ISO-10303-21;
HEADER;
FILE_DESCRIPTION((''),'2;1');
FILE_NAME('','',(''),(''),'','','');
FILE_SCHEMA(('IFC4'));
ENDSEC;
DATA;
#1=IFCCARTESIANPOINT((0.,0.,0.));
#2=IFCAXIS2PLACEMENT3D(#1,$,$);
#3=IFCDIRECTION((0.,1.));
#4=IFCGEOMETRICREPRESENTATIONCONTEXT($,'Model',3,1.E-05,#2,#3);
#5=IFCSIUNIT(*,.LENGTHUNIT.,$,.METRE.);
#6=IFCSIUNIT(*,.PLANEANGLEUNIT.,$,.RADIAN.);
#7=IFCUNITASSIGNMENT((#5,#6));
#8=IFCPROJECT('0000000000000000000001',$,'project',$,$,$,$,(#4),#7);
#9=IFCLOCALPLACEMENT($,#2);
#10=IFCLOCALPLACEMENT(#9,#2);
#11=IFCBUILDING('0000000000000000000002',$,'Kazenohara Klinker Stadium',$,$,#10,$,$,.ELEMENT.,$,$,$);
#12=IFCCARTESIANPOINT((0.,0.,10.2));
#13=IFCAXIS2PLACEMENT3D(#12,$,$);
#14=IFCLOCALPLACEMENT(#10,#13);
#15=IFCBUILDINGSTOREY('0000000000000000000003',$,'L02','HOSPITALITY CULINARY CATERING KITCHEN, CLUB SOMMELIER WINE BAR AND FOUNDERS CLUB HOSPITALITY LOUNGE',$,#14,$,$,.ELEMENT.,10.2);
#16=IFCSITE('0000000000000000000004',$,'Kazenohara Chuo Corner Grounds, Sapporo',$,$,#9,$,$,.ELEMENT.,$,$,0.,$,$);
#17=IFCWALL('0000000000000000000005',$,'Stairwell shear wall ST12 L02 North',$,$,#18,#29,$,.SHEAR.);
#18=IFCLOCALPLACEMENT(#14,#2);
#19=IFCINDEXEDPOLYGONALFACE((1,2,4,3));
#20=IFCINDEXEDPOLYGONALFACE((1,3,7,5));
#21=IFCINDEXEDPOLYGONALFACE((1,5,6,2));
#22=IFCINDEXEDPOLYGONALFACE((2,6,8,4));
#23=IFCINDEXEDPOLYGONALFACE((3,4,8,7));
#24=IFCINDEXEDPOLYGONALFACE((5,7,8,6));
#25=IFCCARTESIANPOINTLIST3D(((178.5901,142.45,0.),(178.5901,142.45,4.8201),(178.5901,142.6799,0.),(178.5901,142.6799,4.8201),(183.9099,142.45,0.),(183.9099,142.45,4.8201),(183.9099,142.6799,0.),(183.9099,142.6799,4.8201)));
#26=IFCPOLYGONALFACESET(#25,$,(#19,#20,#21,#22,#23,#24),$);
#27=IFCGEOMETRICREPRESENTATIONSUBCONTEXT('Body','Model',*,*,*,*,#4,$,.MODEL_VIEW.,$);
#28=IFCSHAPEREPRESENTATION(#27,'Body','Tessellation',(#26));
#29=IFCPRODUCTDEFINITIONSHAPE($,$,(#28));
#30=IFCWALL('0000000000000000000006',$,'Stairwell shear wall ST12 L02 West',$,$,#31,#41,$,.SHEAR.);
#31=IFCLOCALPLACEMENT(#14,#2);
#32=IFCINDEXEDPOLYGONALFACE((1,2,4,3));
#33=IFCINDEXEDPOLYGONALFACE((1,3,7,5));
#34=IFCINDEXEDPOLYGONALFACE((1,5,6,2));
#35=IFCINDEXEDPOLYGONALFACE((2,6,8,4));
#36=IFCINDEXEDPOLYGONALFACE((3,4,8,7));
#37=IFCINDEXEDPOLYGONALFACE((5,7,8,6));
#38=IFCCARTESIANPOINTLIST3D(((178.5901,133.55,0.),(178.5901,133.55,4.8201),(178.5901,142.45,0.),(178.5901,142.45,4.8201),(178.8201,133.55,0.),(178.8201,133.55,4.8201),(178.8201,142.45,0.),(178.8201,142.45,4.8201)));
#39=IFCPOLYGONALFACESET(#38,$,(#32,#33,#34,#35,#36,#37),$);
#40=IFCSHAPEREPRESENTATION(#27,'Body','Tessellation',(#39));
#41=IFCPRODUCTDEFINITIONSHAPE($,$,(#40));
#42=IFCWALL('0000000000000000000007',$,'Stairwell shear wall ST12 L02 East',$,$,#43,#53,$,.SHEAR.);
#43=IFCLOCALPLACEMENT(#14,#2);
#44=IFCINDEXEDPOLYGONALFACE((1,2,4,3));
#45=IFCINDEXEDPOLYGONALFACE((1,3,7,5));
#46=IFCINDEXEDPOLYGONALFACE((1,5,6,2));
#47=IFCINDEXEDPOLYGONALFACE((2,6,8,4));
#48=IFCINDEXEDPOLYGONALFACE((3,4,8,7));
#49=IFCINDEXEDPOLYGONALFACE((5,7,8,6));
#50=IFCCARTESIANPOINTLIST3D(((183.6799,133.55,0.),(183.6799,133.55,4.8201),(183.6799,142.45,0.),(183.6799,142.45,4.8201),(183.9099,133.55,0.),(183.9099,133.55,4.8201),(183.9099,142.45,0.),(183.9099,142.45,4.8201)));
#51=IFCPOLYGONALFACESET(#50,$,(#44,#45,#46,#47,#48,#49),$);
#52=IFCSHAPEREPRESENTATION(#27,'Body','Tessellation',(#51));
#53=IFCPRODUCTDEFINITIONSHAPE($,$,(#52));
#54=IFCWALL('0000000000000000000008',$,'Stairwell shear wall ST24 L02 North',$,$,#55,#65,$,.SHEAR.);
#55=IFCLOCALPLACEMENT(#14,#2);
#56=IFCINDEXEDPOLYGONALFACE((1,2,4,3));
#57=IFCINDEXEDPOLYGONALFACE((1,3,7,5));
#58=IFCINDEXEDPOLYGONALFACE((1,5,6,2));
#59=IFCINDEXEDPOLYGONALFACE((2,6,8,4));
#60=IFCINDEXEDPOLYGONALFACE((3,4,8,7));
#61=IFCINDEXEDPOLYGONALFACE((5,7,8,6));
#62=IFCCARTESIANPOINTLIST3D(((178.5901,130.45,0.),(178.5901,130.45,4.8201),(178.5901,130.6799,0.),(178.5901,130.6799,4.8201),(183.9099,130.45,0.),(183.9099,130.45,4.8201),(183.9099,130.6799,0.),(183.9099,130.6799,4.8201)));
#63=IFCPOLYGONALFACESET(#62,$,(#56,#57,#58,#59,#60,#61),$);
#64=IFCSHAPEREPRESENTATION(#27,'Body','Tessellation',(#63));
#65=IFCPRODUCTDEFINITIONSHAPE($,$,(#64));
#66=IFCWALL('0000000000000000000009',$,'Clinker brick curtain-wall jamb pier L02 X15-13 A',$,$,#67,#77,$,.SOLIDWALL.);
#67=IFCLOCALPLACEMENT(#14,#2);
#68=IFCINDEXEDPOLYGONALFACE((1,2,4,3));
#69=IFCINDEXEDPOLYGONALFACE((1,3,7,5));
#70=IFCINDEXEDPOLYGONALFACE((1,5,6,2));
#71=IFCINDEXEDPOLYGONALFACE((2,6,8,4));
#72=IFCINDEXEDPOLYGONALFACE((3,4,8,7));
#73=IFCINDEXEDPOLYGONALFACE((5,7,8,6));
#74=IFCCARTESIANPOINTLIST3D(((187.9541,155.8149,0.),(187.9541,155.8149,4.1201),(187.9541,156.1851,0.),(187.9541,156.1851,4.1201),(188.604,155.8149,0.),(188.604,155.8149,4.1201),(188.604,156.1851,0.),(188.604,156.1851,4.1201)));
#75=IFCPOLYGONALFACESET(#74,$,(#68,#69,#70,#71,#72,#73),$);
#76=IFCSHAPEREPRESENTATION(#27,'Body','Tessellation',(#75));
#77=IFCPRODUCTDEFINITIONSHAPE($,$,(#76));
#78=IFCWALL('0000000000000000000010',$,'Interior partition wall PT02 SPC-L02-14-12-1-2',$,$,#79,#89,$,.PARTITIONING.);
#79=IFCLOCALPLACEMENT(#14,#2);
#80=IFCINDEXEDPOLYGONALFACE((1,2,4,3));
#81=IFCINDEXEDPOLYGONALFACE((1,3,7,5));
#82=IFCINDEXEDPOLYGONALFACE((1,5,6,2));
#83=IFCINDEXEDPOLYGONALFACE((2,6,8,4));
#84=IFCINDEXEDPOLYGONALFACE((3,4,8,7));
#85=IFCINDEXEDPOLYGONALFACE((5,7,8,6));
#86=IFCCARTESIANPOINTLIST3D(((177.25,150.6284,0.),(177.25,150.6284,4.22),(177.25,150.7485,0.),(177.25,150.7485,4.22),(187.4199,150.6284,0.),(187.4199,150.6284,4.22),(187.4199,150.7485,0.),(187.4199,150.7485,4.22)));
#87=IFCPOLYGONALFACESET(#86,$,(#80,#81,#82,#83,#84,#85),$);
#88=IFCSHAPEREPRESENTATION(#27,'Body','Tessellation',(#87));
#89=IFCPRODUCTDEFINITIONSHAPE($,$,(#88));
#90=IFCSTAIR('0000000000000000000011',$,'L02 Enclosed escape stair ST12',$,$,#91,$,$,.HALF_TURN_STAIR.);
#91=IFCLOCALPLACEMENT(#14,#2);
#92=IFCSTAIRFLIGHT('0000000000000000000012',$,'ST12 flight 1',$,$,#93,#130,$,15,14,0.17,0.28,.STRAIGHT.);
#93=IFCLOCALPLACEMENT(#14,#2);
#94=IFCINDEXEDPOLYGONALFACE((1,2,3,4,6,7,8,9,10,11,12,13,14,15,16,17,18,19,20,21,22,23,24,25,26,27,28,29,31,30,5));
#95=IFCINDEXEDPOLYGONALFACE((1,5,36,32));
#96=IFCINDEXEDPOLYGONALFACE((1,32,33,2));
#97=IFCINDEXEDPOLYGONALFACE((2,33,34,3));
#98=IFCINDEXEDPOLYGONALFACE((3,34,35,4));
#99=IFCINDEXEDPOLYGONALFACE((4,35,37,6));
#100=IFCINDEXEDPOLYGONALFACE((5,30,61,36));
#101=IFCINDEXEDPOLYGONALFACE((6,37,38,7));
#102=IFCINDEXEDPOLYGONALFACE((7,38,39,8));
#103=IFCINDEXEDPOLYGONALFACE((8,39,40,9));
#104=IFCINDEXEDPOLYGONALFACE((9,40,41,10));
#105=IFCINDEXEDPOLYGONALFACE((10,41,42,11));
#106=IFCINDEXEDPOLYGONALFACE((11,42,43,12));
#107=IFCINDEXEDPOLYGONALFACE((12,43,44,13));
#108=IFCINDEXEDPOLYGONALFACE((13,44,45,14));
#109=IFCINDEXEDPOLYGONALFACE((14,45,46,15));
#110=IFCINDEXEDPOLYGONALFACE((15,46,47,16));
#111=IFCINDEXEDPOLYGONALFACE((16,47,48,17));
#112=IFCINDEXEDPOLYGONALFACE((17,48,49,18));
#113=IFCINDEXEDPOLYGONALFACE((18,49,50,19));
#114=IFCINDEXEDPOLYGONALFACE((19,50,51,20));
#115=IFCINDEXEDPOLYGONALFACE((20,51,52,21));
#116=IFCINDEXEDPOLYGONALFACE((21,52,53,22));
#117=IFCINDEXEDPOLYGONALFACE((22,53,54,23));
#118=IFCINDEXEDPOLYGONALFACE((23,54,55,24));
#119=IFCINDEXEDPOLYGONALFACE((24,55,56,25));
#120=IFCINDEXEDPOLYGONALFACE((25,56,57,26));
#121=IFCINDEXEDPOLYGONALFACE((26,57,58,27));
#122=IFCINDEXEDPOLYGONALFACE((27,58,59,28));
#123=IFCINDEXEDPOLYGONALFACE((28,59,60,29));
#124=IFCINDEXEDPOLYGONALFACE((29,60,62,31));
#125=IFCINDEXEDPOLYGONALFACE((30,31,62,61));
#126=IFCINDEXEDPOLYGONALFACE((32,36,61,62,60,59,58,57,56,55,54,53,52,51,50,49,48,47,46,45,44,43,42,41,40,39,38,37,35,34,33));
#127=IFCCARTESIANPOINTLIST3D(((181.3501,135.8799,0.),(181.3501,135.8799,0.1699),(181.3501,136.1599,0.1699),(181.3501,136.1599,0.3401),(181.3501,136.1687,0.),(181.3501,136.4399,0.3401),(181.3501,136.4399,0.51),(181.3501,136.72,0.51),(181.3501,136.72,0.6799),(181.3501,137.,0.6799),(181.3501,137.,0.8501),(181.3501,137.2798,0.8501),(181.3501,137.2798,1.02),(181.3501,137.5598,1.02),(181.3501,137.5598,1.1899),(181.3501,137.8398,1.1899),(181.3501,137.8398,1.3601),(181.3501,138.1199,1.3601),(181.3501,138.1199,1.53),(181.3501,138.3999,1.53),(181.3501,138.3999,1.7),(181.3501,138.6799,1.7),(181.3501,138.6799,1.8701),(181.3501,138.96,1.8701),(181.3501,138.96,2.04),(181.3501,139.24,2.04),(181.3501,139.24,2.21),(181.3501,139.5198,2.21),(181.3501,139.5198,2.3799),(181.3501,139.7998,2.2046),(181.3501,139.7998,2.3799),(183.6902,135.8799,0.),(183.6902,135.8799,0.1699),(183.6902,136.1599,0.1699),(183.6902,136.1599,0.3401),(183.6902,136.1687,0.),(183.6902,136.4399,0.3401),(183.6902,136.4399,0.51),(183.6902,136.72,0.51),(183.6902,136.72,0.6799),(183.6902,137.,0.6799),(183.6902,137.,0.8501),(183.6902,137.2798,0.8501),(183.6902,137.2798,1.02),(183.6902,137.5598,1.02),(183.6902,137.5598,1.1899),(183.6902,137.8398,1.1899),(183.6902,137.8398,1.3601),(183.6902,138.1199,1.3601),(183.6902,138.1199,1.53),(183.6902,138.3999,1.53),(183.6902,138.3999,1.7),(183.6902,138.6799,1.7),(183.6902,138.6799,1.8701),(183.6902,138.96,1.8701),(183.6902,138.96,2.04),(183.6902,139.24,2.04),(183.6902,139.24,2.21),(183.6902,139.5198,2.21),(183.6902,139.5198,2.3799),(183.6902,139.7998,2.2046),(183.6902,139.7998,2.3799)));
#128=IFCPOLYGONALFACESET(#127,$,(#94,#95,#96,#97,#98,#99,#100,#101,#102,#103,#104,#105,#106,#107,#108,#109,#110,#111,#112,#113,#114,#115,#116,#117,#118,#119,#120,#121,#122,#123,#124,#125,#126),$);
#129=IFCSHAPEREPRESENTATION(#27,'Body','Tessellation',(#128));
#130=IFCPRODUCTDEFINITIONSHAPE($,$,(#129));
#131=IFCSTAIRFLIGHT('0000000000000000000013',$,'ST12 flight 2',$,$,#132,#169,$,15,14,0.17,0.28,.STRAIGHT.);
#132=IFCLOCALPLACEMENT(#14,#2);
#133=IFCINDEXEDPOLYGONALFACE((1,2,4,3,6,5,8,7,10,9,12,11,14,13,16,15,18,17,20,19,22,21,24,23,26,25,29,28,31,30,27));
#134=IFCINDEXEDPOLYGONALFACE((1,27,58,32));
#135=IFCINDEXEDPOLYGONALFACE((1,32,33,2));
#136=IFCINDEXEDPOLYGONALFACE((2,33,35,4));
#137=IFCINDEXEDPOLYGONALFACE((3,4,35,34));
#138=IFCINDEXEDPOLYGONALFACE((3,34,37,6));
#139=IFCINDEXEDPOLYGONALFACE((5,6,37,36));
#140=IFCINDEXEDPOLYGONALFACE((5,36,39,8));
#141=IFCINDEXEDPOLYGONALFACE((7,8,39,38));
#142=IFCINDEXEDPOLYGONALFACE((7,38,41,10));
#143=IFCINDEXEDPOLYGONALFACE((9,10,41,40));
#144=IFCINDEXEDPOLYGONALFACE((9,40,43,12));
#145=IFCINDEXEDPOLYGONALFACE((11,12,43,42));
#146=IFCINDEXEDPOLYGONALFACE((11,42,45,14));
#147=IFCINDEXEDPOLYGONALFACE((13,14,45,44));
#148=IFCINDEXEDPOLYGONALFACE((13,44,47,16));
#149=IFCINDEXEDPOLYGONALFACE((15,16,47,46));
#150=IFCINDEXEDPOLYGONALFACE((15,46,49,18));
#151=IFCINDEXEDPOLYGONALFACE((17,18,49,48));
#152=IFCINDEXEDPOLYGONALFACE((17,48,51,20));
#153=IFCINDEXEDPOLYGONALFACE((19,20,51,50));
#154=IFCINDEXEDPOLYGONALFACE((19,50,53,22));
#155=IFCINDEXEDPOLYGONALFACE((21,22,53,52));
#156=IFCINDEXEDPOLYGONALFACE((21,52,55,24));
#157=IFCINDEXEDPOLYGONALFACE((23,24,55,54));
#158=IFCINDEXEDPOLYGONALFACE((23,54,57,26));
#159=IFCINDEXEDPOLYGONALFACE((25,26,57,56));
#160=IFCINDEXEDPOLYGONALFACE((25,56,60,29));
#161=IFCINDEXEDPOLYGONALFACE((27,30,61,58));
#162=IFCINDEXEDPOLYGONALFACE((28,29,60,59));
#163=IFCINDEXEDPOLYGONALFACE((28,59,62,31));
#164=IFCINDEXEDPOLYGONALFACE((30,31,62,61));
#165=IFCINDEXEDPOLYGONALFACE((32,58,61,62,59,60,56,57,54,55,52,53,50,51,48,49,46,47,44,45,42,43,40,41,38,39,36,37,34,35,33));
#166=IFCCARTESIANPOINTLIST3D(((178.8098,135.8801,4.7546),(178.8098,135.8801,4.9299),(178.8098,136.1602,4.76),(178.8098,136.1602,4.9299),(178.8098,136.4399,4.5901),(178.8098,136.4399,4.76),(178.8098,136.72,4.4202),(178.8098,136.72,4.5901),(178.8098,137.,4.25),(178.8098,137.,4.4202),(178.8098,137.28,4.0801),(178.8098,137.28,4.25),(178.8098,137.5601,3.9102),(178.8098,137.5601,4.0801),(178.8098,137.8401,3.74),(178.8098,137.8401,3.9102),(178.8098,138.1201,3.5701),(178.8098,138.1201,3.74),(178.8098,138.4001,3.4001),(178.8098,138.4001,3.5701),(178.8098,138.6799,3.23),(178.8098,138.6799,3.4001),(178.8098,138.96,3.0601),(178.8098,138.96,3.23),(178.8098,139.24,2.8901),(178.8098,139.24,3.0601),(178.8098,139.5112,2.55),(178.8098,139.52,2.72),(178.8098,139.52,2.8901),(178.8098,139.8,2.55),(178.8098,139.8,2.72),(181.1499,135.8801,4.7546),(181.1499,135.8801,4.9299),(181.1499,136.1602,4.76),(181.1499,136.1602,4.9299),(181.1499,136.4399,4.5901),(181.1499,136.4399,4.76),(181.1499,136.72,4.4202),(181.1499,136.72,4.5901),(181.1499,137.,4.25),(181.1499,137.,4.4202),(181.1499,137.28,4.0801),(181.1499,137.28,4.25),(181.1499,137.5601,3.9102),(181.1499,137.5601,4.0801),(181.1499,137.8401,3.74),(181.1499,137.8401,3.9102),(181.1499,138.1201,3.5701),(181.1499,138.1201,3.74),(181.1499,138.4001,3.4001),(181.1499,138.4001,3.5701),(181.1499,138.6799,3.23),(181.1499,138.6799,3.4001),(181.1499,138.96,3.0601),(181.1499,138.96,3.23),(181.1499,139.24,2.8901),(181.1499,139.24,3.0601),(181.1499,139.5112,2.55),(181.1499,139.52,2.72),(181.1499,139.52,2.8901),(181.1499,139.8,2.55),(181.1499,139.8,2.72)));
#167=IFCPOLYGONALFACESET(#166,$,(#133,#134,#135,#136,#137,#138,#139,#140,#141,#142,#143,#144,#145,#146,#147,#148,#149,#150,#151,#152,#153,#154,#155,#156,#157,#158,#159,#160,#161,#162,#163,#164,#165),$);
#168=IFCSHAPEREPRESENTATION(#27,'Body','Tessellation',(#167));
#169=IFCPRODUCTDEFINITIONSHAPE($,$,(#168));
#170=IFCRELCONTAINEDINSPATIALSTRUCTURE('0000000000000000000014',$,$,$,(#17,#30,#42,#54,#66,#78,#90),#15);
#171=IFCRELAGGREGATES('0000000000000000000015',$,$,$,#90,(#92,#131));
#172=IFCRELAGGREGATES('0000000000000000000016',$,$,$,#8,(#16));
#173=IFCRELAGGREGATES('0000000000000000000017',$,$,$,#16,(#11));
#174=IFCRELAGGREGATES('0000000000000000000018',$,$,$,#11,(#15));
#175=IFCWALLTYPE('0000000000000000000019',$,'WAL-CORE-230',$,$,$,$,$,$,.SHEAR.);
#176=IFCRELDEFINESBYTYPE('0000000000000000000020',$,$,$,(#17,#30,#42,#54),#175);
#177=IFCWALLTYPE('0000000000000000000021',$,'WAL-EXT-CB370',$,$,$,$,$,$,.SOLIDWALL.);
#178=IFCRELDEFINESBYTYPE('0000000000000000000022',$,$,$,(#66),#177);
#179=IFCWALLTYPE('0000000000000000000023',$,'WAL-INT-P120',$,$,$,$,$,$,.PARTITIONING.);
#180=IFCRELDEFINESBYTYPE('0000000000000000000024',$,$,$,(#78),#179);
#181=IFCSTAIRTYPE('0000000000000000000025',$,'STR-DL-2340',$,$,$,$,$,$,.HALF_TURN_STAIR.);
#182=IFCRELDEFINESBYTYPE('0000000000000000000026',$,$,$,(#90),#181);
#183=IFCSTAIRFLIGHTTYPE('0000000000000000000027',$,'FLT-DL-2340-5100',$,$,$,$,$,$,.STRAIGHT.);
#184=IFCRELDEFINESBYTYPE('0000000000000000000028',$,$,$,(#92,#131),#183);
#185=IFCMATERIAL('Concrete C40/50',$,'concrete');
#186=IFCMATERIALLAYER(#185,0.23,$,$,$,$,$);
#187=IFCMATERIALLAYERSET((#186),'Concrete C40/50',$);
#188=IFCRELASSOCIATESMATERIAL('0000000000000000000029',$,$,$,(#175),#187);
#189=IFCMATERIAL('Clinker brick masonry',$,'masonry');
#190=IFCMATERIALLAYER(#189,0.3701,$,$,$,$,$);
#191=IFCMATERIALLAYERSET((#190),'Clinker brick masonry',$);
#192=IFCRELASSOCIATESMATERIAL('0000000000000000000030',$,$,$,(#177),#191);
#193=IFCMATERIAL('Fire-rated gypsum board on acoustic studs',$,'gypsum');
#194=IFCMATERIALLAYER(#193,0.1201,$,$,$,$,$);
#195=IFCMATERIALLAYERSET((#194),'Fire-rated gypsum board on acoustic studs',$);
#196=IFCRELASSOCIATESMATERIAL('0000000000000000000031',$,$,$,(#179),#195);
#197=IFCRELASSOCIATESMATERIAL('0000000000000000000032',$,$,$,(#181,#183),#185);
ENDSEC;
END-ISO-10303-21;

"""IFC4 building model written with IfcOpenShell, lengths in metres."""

from ifc_helpers import new_model, si_unit, direction, frame, frame_2d, origin, place, context, subcontext, project, spatial, polyline, rectangle, outline, extrude, material, layer, layer_set, type_object, element, aggregate, save


model = new_model("IFC4")

# Units and contexts
model_context = context("Model", 3, precision=1e-05, world=origin(), true_north=direction((0.0, 1.0)))
body_context = subcontext(model_context, "Body", "Model", "MODEL_VIEW")
ifc_project = project(units=[si_unit("LENGTHUNIT", "METRE"), si_unit("PLANEANGLEUNIT", "RADIAN")], contexts=[model_context])

# Site, building, storey
site_placement = place(None, origin())
site = spatial("IfcSite", under=ifc_project, at=site_placement, Name="Kazenohara Chuo Corner Grounds, Sapporo", CompositionType="ELEMENT", RefElevation=0.0)
building_placement = place(site_placement, origin())
building = spatial("IfcBuilding", under=site, at=building_placement, Name="Kazenohara Klinker Stadium", CompositionType="ELEMENT")
storey_placement = place(building_placement, frame((0.0, 0.0, 10.2)))
storey = spatial("IfcBuildingStorey", under=building, at=storey_placement, Name="L02", Description="HOSPITALITY CULINARY CATERING KITCHEN, CLUB SOMMELIER WINE BAR AND FOUNDERS CLUB HOSPITALITY LOUNGE", CompositionType="ELEMENT", Elevation=10.2)

# Shared definitions
ifc_material_1 = material(Name="Concrete C40/50", Category="concrete")

# Shared definitions
ifc_layer_1 = layer(ifc_material_1, 0.23)
ifc_layer_set_1 = layer_set([ifc_layer_1], Name="Concrete C40/50")
wall_type_1 = type_object("IfcWallType", Name="WAL-CORE-230", PredefinedType="SHEAR", material=ifc_layer_set_1)

# Walls
wall_1_placement = place(storey_placement, frame((178.5901, 142.5649, 0.0), z_axis=(0.0, 0.0, 1.0), x_axis=(1.0, 0.0, 0.0)))
element("IfcWall", 1, at=wall_1_placement, inside=storey, type_object=wall_type_1, Name="Stairwell shear wall ST12 L02 North", PredefinedType="SHEAR", context=body_context, shape_type="SweptSolid", body=[
    extrude(rectangle(XDim=5.3198, YDim=0.23, at=frame_2d((2.6599, 0.0))), origin(), (0.0, 0.0, 1.0), 4.8201),
])
for number, where, z_axis, x_axis, name in (
    (2, (178.7051, 133.55, 0.0), (0.0, 0.0, 1.0), (0.0, 1.0, 0.0), "Stairwell shear wall ST12 L02 West"),
    (3, (183.7949, 133.55, 0.0), (0.0, 0.0, 1.0), (0.0, 1.0, 0.0), "Stairwell shear wall ST12 L02 East"),
):
    element("IfcWall", number, at=place(storey_placement, frame(where, z_axis=z_axis, x_axis=x_axis)), inside=storey, type_object=wall_type_1, Name=name, PredefinedType="SHEAR", context=body_context, shape_type="SweptSolid", body=[
        extrude(rectangle(XDim=8.8999, YDim=0.23, at=frame_2d((4.45, 0.0))), origin(), (0.0, 0.0, 1.0), 4.8201),
    ])
wall_2_placement = place(storey_placement, frame((178.5901, 130.5649, 0.0), z_axis=(0.0, 0.0, 1.0), x_axis=(1.0, 0.0, 0.0)))
element("IfcWall", 4, at=wall_2_placement, inside=storey, type_object=wall_type_1, Name="Stairwell shear wall ST24 L02 North", PredefinedType="SHEAR", context=body_context, shape_type="SweptSolid", body=[
    extrude(rectangle(XDim=5.3198, YDim=0.23, at=frame_2d((2.6599, 0.0))), origin(), (0.0, 0.0, 1.0), 4.8201),
])
ifc_material_2 = material(Name="Clinker brick masonry", Category="masonry")
ifc_layer_2 = layer(ifc_material_2, 0.3701)
ifc_layer_set_2 = layer_set([ifc_layer_2], Name="Clinker brick masonry")
wall_type_2 = type_object("IfcWallType", Name="WAL-EXT-CB370", PredefinedType="SOLIDWALL", material=ifc_layer_set_2)
wall_3_placement = place(storey_placement, frame((187.9541, 156.0, 0.0), z_axis=(0.0, 0.0, 1.0), x_axis=(1.0, 0.0, 0.0)))
element("IfcWall", 5, at=wall_3_placement, inside=storey, type_object=wall_type_2, Name="Clinker brick curtain-wall jamb pier L02 X15-13 A", PredefinedType="SOLIDWALL", context=body_context, shape_type="SweptSolid", body=[
    extrude(rectangle(XDim=0.6499, YDim=0.3701, at=frame_2d((0.325, 0.0))), origin(), (0.0, 0.0, 1.0), 4.1201),
])
ifc_material_3 = material(Name="Fire-rated gypsum board on acoustic studs", Category="gypsum")
ifc_layer_3 = layer(ifc_material_3, 0.1201)
ifc_layer_set_3 = layer_set([ifc_layer_3], Name="Fire-rated gypsum board on acoustic studs")
wall_type_3 = type_object("IfcWallType", Name="WAL-INT-P120", PredefinedType="PARTITIONING", material=ifc_layer_set_3)
wall_4_placement = place(storey_placement, frame((177.25, 150.6885, 0.0), z_axis=(0.0, 0.0, 1.0), x_axis=(1.0, 0.0, 0.0)))
element("IfcWall", 6, at=wall_4_placement, inside=storey, type_object=wall_type_3, Name="Interior partition wall PT02 SPC-L02-14-12-1-2", PredefinedType="PARTITIONING", context=body_context, shape_type="SweptSolid", body=[
    extrude(rectangle(XDim=10.1699, YDim=0.1201, at=frame_2d((5.085, 0.0))), origin(), (0.0, 0.0, 1.0), 4.22),
])

# Stair, stair flights
stair_type = type_object("IfcStairType", Name="STR-DL-2340", PredefinedType="HALF_TURN_STAIR", material=ifc_material_1)
stair_1_placement = place(storey_placement, origin())
stair_1 = element("IfcStair", 7, at=stair_1_placement, inside=storey, type_object=stair_type, Name="L02 Enclosed escape stair ST12", PredefinedType="HALF_TURN_STAIR")
stair_flight_type = type_object("IfcStairFlightType", Name="FLT-DL-2340-5100", PredefinedType="STRAIGHT", material=ifc_material_1)
stair_flight_1_placement = place(storey_placement, frame((182.52, 135.8799, 0.0), z_axis=(0.0, 0.0, 1.0), x_axis=(0.0, 1.0, 0.0)))
stair_flight_1 = element("IfcStairFlight", 8, at=stair_flight_1_placement, type_object=stair_flight_type, Name="ST12 flight 1", NumberOfRisers=15, NumberOfTreads=14, PredefinedType="STRAIGHT", RiserHeight=0.17, TreadLength=0.28, context=body_context, shape_type="SweptSolid", body=[
    extrude(outline(polyline([(0.0, 0.0), (0.0, 0.1699), (0.28, 0.1699), (0.28, 0.3401), (0.5601, 0.3401), (0.5601, 0.51), (0.8401, 0.51), (0.8401, 0.6799), (1.1201, 0.6799), (1.1201, 0.8501), (1.3999, 0.8501), (1.3999, 1.02), (1.6799, 1.02), (1.6799, 1.1899), (1.96, 1.1899), (1.96, 1.3601), (2.24, 1.3601), (2.24, 1.53), (2.52, 1.53), (2.52, 1.7), (2.8, 1.7), (2.8, 1.8701), (3.0801, 1.8701), (3.0801, 2.04), (3.3601, 2.04), (3.3601, 2.21), (3.6399, 2.21), (3.6399, 2.3799), (3.9199, 2.3799), (3.9199, 2.55), (3.9199, 2.2046), (0.2888, 0.0), (0.0, 0.0)])), frame((0.0, 1.1699, 0.0), z_axis=(0.0, -1.0, 0.0), x_axis=(1.0, 0.0, 0.0)), (0.0, 0.0, 1.0), 2.3401),
])
stair_flight_2_placement = place(storey_placement, frame((179.98, 139.8, 2.55), z_axis=(0.0, 0.0, 1.0), x_axis=(0.0, -1.0, 0.0)))
stair_flight_2 = element("IfcStairFlight", 9, at=stair_flight_2_placement, type_object=stair_flight_type, Name="ST12 flight 2", NumberOfRisers=15, NumberOfTreads=14, PredefinedType="STRAIGHT", RiserHeight=0.17, TreadLength=0.28, context=body_context, shape_type="SweptSolid", body=[
    extrude(outline(polyline([(0.0, 0.0), (0.0, 0.1699), (0.28, 0.1699), (0.28, 0.3401), (0.5601, 0.3401), (0.5601, 0.51), (0.8401, 0.51), (0.8401, 0.6799), (1.1201, 0.6799), (1.1201, 0.8501), (1.3999, 0.8501), (1.3999, 1.02), (1.6799, 1.02), (1.6799, 1.1899), (1.96, 1.1899), (1.96, 1.3601), (2.24, 1.3601), (2.24, 1.53), (2.52, 1.53), (2.52, 1.7), (2.8, 1.7), (2.8, 1.8701), (3.0801, 1.8701), (3.0801, 2.04), (3.3601, 2.04), (3.3601, 2.21), (3.6399, 2.21), (3.6399, 2.3799), (3.9199, 2.3799), (3.9199, 2.55), (3.9199, 2.2046), (0.2888, 0.0), (0.0, 0.0)])), frame((0.0, 1.1699, 0.0), z_axis=(0.0, -1.0, 0.0), x_axis=(1.0, 0.0, 0.0)), (0.0, 0.0, 1.0), 2.3401),
])
aggregate(stair_1, [stair_flight_1, stair_flight_2])

save(model, "model.ifc")
